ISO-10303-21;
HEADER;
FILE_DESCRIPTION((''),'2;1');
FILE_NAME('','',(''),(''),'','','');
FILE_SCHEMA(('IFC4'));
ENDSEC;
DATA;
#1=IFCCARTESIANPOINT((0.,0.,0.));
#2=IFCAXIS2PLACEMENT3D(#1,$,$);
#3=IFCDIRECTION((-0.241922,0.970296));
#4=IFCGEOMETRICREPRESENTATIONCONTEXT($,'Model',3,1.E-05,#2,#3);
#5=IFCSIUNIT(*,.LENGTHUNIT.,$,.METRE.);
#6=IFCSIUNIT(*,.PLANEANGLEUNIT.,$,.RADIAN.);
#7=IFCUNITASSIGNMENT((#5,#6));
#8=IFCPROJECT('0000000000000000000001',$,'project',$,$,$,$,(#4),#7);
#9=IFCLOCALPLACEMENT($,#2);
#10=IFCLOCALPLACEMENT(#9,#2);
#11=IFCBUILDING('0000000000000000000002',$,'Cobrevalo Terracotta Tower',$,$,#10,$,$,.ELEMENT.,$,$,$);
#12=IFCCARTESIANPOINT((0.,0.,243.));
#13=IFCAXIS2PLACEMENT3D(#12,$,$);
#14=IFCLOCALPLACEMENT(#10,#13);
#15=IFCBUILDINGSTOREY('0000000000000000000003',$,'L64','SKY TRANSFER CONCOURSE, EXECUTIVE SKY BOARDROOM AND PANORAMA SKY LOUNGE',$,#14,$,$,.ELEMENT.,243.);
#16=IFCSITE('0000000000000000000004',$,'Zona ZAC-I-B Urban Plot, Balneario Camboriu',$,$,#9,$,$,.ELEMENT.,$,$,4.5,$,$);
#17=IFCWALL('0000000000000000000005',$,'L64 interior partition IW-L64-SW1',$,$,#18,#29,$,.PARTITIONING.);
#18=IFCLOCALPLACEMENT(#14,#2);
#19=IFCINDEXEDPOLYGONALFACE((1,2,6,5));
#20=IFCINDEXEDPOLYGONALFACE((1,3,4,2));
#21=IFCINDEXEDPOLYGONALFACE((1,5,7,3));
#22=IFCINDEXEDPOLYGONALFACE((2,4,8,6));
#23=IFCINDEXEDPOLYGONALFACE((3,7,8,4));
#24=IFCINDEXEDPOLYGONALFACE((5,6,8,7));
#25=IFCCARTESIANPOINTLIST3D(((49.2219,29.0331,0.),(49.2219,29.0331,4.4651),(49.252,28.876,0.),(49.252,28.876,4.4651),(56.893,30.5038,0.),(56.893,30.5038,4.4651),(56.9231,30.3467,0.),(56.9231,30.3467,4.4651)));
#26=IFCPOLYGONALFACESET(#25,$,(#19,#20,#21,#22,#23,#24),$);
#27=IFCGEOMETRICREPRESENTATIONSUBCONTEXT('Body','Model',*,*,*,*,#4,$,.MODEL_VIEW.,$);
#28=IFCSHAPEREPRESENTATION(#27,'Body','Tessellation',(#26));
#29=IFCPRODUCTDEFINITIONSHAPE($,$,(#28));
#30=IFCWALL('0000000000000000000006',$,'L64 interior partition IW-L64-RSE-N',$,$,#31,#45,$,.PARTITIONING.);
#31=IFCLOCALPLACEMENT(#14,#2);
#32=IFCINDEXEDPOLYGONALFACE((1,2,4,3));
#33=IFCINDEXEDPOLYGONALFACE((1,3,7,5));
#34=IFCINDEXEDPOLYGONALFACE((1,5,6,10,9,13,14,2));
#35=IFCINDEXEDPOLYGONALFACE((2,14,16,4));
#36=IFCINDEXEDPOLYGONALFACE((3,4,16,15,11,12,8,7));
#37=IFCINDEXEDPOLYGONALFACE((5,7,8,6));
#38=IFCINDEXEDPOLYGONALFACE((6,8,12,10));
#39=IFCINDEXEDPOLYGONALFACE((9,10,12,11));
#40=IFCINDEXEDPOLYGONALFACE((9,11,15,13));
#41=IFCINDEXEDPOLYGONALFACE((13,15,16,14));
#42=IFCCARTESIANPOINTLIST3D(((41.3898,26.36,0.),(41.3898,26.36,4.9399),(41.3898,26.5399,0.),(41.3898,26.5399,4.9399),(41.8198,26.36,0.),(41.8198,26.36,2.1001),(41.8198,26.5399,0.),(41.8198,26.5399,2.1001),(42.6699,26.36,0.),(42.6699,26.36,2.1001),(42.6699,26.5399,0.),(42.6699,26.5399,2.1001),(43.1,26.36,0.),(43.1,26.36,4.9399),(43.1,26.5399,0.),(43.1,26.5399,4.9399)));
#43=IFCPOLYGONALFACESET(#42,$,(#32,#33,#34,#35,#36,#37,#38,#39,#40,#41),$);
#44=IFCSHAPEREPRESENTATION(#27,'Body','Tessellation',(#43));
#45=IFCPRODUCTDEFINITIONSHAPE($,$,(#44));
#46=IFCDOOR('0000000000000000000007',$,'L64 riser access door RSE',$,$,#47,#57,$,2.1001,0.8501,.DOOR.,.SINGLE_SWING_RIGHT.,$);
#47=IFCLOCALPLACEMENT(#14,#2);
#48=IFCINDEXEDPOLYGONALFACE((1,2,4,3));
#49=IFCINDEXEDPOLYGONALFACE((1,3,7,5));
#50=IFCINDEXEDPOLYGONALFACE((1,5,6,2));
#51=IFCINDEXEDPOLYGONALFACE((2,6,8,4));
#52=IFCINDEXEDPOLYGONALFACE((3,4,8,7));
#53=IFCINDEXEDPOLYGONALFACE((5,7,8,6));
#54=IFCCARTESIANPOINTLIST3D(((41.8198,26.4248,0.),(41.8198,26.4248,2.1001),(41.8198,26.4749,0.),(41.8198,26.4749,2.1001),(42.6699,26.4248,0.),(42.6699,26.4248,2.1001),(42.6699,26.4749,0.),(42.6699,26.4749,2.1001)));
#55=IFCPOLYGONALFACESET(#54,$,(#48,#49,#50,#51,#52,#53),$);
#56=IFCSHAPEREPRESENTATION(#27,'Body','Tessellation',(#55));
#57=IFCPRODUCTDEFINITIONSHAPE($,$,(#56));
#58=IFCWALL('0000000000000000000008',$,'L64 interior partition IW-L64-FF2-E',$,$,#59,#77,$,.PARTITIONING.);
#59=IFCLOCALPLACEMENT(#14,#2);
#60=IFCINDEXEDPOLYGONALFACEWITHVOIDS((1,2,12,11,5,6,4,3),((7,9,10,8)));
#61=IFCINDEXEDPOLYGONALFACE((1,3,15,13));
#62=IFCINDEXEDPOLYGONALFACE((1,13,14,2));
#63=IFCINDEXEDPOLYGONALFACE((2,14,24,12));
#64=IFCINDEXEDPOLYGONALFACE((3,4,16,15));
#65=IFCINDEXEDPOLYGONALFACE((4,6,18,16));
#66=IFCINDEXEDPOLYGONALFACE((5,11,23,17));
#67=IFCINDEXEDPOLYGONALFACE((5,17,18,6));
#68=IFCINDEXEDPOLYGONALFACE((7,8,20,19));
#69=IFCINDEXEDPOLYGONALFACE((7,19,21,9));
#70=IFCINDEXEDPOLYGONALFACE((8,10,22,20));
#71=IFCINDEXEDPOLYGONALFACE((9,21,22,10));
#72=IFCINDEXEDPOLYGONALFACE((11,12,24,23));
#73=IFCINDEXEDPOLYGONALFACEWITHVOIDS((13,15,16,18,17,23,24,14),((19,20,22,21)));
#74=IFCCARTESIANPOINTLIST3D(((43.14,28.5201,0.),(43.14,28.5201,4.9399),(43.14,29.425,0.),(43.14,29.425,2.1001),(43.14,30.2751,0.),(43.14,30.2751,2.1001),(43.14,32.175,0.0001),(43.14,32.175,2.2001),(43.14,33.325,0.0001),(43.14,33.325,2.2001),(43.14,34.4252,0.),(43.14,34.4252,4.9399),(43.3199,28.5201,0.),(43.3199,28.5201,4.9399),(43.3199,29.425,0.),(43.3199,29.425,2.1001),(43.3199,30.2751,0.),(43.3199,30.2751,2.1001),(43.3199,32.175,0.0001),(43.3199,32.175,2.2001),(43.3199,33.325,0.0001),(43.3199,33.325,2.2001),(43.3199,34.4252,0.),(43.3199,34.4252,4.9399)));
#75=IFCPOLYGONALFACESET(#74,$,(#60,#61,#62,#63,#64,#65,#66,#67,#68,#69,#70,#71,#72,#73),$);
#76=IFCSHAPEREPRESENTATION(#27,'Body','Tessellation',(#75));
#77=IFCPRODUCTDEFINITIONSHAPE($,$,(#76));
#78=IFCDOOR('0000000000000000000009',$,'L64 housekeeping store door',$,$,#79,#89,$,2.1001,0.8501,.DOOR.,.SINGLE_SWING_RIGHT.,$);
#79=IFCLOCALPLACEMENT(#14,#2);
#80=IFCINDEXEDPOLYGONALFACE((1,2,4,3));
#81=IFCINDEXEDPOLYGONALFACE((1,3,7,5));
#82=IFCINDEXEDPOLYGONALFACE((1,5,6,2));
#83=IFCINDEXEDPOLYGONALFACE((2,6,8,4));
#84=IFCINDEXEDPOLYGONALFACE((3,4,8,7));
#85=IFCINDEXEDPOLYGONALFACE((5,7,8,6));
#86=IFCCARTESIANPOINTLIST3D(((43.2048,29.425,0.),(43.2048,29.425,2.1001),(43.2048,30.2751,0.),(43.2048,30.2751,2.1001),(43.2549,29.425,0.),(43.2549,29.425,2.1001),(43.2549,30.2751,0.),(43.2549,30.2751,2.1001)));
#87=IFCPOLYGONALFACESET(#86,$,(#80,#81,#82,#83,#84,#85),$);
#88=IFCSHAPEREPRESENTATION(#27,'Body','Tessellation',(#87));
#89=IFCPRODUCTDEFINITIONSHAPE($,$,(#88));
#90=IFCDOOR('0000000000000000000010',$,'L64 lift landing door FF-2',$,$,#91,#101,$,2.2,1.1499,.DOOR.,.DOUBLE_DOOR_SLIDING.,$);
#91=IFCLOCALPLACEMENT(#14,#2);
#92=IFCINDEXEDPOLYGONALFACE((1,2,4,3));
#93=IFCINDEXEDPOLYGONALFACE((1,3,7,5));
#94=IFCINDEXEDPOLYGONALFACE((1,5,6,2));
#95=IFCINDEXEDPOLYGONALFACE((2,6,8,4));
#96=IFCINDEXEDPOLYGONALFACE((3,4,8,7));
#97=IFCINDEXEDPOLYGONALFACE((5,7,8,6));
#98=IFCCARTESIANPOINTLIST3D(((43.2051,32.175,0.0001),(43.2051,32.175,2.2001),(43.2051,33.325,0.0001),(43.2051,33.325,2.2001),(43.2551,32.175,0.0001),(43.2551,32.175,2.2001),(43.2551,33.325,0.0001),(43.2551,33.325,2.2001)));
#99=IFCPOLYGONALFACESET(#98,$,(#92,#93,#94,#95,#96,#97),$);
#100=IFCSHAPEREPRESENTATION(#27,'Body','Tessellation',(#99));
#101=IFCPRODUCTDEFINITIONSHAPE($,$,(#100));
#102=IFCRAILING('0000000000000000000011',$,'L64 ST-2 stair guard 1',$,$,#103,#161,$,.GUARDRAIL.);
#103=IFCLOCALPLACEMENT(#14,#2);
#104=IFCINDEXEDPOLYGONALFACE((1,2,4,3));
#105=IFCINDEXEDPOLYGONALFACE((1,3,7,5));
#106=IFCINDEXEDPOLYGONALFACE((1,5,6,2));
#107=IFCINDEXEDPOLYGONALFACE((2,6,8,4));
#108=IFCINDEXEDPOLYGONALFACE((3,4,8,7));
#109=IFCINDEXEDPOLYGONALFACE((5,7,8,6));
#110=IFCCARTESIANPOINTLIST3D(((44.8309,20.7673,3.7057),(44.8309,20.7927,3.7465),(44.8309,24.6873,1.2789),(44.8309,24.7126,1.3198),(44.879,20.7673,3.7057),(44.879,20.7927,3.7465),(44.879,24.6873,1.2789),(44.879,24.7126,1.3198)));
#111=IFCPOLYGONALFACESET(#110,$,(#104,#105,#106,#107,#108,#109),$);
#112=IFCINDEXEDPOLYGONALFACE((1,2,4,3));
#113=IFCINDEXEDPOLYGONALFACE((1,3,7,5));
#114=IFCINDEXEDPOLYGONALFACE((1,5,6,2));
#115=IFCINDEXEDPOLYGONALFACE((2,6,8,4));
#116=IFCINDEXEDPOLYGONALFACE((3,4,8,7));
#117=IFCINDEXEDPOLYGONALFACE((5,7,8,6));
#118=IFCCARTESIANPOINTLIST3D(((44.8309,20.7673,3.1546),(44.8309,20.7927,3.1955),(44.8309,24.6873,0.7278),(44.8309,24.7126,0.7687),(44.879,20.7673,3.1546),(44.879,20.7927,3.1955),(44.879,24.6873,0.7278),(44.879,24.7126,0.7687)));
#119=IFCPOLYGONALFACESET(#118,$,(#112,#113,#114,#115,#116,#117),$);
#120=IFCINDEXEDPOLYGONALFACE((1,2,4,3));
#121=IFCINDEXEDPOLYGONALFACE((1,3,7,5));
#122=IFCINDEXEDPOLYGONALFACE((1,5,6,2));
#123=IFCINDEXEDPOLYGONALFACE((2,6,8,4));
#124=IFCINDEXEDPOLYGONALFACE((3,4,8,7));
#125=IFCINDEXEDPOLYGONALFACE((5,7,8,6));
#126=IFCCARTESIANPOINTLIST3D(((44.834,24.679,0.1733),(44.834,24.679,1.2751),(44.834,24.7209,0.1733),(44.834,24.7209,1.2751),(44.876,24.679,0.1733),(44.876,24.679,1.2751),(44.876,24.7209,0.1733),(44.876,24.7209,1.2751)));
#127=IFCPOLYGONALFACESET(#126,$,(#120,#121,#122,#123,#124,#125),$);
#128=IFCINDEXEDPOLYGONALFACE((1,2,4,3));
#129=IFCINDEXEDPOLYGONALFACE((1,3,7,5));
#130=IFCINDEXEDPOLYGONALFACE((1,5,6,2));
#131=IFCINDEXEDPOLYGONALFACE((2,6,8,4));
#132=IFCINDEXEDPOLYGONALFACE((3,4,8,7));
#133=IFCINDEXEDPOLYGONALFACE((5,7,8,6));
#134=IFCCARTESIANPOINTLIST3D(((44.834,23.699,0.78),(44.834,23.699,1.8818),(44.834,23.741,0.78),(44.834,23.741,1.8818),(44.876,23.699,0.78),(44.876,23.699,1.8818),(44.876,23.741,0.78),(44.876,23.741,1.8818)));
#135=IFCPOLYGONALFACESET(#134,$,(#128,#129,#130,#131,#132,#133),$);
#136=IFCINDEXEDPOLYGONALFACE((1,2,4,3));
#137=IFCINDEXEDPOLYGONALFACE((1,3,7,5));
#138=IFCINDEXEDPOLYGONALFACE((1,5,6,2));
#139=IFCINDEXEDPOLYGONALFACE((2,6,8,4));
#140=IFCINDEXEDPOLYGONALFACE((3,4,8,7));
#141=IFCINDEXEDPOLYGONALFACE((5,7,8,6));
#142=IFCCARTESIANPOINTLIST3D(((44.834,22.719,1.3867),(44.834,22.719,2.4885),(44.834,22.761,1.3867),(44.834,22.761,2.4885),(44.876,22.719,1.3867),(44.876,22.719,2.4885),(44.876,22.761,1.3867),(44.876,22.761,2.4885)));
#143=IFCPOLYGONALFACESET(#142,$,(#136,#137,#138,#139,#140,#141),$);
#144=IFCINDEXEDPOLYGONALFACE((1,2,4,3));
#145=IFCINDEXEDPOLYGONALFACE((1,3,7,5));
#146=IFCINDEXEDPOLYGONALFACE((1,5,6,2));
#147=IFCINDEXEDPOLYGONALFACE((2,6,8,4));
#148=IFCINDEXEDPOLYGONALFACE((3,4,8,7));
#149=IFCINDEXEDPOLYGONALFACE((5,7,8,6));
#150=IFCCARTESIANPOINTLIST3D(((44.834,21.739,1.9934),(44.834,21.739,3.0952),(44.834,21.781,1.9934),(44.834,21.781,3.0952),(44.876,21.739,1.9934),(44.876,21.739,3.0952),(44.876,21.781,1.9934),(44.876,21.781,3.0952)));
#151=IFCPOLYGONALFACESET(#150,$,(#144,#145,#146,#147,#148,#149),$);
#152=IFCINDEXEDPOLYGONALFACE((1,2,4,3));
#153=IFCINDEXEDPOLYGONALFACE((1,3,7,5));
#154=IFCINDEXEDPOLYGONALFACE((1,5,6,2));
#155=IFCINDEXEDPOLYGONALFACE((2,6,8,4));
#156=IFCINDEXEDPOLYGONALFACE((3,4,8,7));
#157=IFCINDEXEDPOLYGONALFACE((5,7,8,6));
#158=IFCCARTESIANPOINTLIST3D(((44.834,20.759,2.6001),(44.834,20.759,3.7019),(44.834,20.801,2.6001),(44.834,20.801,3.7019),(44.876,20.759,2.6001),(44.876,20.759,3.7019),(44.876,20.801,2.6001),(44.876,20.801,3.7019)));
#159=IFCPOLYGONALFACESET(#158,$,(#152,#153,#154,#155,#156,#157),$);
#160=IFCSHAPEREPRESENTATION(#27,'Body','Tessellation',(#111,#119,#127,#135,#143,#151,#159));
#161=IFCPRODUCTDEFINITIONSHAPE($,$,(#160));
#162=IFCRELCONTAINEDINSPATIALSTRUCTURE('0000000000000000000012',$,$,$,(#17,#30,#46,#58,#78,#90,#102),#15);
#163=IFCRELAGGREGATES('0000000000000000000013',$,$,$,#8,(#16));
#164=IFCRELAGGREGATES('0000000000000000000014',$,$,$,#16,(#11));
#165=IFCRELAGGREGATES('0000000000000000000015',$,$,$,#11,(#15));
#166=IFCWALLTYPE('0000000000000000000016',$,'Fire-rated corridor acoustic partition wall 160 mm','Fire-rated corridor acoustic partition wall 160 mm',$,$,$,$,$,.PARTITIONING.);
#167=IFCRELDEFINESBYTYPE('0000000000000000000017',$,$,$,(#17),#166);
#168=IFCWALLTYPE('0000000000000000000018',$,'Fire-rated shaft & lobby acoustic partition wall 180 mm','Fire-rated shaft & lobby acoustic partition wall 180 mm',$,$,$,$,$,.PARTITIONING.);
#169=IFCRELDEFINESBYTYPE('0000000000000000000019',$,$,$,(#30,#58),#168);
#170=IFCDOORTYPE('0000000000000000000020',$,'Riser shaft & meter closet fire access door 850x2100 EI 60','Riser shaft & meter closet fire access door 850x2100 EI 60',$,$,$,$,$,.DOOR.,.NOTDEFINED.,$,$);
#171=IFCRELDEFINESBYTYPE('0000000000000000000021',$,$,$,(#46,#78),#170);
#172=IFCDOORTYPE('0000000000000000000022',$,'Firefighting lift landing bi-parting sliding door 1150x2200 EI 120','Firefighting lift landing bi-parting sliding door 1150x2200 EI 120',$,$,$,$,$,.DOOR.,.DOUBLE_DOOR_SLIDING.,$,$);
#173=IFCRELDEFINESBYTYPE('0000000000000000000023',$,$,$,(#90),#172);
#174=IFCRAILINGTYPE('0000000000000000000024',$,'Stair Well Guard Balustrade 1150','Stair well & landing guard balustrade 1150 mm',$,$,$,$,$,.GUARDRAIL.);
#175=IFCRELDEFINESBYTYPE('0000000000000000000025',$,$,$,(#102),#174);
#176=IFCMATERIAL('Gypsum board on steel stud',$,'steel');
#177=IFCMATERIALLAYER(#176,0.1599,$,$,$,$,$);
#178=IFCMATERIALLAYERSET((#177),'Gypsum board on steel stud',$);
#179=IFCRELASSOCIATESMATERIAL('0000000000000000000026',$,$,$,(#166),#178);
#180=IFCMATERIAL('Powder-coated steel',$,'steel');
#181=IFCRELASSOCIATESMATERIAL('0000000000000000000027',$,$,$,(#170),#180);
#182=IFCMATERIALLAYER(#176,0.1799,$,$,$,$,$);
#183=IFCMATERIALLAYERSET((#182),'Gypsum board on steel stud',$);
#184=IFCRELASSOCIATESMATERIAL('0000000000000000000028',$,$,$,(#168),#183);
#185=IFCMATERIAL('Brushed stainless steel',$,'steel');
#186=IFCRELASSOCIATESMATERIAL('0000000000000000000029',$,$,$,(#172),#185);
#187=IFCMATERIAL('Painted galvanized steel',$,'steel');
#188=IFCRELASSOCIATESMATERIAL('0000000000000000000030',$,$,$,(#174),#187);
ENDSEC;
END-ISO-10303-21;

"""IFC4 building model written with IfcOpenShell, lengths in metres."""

from ifc_helpers import new_model, si_unit, direction, frame, frame_2d, origin, origin_2d, place, context, subcontext, project, spatial, rectangle, extrude, source, transform, mapped, material, layer, layer_set, type_object, element, fill, save


model = new_model("IFC4")

# Units and contexts
model_context = context("Model", 3, precision=1e-05, world=origin(), true_north=direction((-0.241922, 0.970296)))
body_context = subcontext(model_context, "Body", "Model", "MODEL_VIEW")
ifc_project = project(units=[si_unit("LENGTHUNIT", "METRE"), si_unit("PLANEANGLEUNIT", "RADIAN")], contexts=[model_context])

# Site, building, storey
site_placement = place(None, origin())
site = spatial("IfcSite", under=ifc_project, at=site_placement, Name="Zona ZAC-I-B Urban Plot, Balneario Camboriu", CompositionType="ELEMENT", RefElevation=4.5)
building_placement = place(site_placement, origin())
building = spatial("IfcBuilding", under=site, at=building_placement, Name="Cobrevalo Terracotta Tower", CompositionType="ELEMENT")
storey_placement = place(building_placement, frame((0.0, 0.0, 243.0)))
storey = spatial("IfcBuildingStorey", under=building, at=storey_placement, Name="L64", Description="SKY TRANSFER CONCOURSE, EXECUTIVE SKY BOARDROOM AND PANORAMA SKY LOUNGE", CompositionType="ELEMENT", Elevation=243.0)

# Shared definitions
ifc_material_1 = material(Name="Gypsum board on steel stud", Category="steel")
ifc_layer_1 = layer(ifc_material_1, 0.1599)
ifc_layer_set_1 = layer_set([ifc_layer_1], Name="Gypsum board on steel stud")
wall_type_1 = type_object("IfcWallType", Name="Fire-rated corridor acoustic partition wall 160 mm", Description="Fire-rated corridor acoustic partition wall 160 mm", PredefinedType="PARTITIONING", material=ifc_layer_set_1)

# Shared definitions
ifc_material_2 = material(Name="Powder-coated steel", Category="steel")
door_type_1 = type_object("IfcDoorType", Name="Riser shaft & meter closet fire access door 850x2100 EI 60", Description="Riser shaft & meter closet fire access door 850x2100 EI 60", OperationType="NOTDEFINED", PredefinedType="DOOR", material=ifc_material_2)
shared_shape_1 = source(origin(), body_context, "Body", "SweptSolid", [
    extrude(rectangle(XDim=0.8501, YDim=2.1001, at=frame_2d((0.425, 1.05))), frame((0.0, 0.0249, 0.0), z_axis=(0.0, -1.0, 0.0), x_axis=(1.0, 0.0, 0.0)), (0.0, 0.0, 1.0), 0.05),
])

# Shared definitions
ifc_material_3 = material(Name="Brushed stainless steel", Category="steel")

# Wall
wall_1_placement = place(storey_placement, frame((49.2371, 28.9546, 0.0), z_axis=(0.0, 0.0, 1.0), x_axis=(0.982114, 0.18829, 0.0)))
element("IfcWall", 1, at=wall_1_placement, inside=storey, type_object=wall_type_1, Name="L64 interior partition IW-L64-SW1", PredefinedType="PARTITIONING", context=body_context, shape_type="SweptSolid", body=[
    extrude(rectangle(XDim=7.8108, YDim=0.1599, at=frame_2d((3.9053, 0.0))), origin(), (0.0, 0.0, 1.0), 4.4651),
])

# Wall, opening, door
ifc_layer_2 = layer(ifc_material_1, 0.1799)
ifc_layer_set_2 = layer_set([ifc_layer_2], Name="Gypsum board on steel stud")
wall_type_2 = type_object("IfcWallType", Name="Fire-rated shaft & lobby acoustic partition wall 180 mm", Description="Fire-rated shaft & lobby acoustic partition wall 180 mm", PredefinedType="PARTITIONING", material=ifc_layer_set_2)
wall_2_placement = place(storey_placement, frame((41.3899, 26.45, 0.0), z_axis=(0.0, 0.0, 1.0), x_axis=(1.0, 0.0, 0.0)))
wall_2 = element("IfcWall", 2, at=wall_2_placement, inside=storey, type_object=wall_type_2, Name="L64 interior partition IW-L64-RSE-N", PredefinedType="PARTITIONING", context=body_context, shape_type="SweptSolid", body=[
    extrude(rectangle(XDim=1.7102, YDim=0.1799, at=frame_2d((0.855, 0.0))), origin(), (0.0, 0.0, 1.0), 4.9399),
])
opening_1_placement = place(wall_2_placement, frame((0.4299, 0.0, 0.0)))
opening_1 = element("IfcOpeningElement", 3, at=opening_1_placement, cuts=wall_2, PredefinedType="OPENING", context=body_context, shape_type="SweptSolid", body=[
    extrude(rectangle(XDim=0.8501, YDim=2.1001, at=frame_2d((0.425, 1.05))), frame((0.0, 0.1001, 0.0), z_axis=(0.0, -1.0, 0.0), x_axis=(1.0, 0.0, 0.0)), (0.0, 0.0, 1.0), 0.2),
])
door_1_placement = place(opening_1_placement, origin())
door_1 = element("IfcDoor", 4, at=door_1_placement, inside=storey, type_object=door_type_1, Name="L64 riser access door RSE", OperationType="SINGLE_SWING_RIGHT", OverallHeight=2.1001, OverallWidth=0.8501, PredefinedType="DOOR", context=body_context, shape_type="MappedRepresentation", body=[
    mapped(shared_shape_1, transform((0.0, 0.0, 0.0), scale=1.0)),
])
fill(opening_1, door_1)

# Wall, openings, doors
wall_3_placement = place(storey_placement, frame((43.23, 28.52, 0.0), z_axis=(0.0, 0.0, 1.0), x_axis=(0.0, 1.0, 0.0)))
wall_3 = element("IfcWall", 5, at=wall_3_placement, inside=storey, type_object=wall_type_2, Name="L64 interior partition IW-L64-FF2-E", PredefinedType="PARTITIONING", context=body_context, shape_type="SweptSolid", body=[
    extrude(rectangle(XDim=5.905, YDim=0.1799, at=frame_2d((2.9526, 0.0))), origin(), (0.0, 0.0, 1.0), 4.9399),
])
opening_2_placement = place(wall_3_placement, frame((0.905, 0.0, 0.0)))
opening_2 = element("IfcOpeningElement", 6, at=opening_2_placement, cuts=wall_3, PredefinedType="OPENING", context=body_context, shape_type="SweptSolid", body=[
    extrude(rectangle(XDim=0.8501, YDim=2.1001, at=frame_2d((0.425, 1.05))), frame((0.0, 0.1001, 0.0), z_axis=(0.0, -1.0, 0.0), x_axis=(1.0, 0.0, 0.0)), (0.0, 0.0, 1.0), 0.2),
])
opening_3_placement = place(wall_3_placement, frame((3.655, 0.0, 0.0)))
opening_3 = element("IfcOpeningElement", 7, at=opening_3_placement, cuts=wall_3, PredefinedType="OPENING", context=body_context, shape_type="SweptSolid", body=[
    extrude(rectangle(XDim=1.1499, YDim=2.2, at=frame_2d((0.575, 1.1001))), frame((0.0, 0.1001, 0.0), z_axis=(0.0, -1.0, 0.0), x_axis=(1.0, 0.0, 0.0)), (0.0, 0.0, 1.0), 0.2),
])
door_2_placement = place(opening_2_placement, frame((0.8501, 0.0, 0.0), z_axis=(0.0, 0.0, 1.0), x_axis=(-1.0, 0.0, 0.0)))
door_2 = element("IfcDoor", 8, at=door_2_placement, inside=storey, type_object=door_type_1, Name="L64 housekeeping store door", OperationType="SINGLE_SWING_RIGHT", OverallHeight=2.1001, OverallWidth=0.8501, PredefinedType="DOOR", context=body_context, shape_type="MappedRepresentation", body=[
    mapped(shared_shape_1, transform((0.0, 0.0, 0.0), scale=1.0)),
])
fill(opening_2, door_2)
door_type_2 = type_object("IfcDoorType", Name="Firefighting lift landing bi-parting sliding door 1150x2200 EI 120", Description="Firefighting lift landing bi-parting sliding door 1150x2200 EI 120", OperationType="DOUBLE_DOOR_SLIDING", PredefinedType="DOOR", material=ifc_material_3)
shared_shape_2 = source(origin(), body_context, "Body", "SweptSolid", [
    extrude(rectangle(XDim=1.1499, YDim=2.2, at=frame_2d((0.575, 1.1001))), frame((0.0, 0.0249, 0.0), z_axis=(0.0, -1.0, 0.0), x_axis=(1.0, 0.0, 0.0)), (0.0, 0.0, 1.0), 0.05),
])
door_3_placement = place(opening_3_placement, origin())
door_3 = element("IfcDoor", 9, at=door_3_placement, inside=storey, type_object=door_type_2, Name="L64 lift landing door FF-2", OperationType="DOUBLE_DOOR_SLIDING", OverallHeight=2.2, OverallWidth=1.1499, PredefinedType="DOOR", context=body_context, shape_type="MappedRepresentation", body=[
    mapped(shared_shape_2, transform((0.0, 0.0, 0.0), scale=1.0)),
])
fill(opening_3, door_3)

# Railing
ifc_material_4 = material(Name="Painted galvanized steel", Category="steel")
railing_type = type_object("IfcRailingType", Name="Stair Well Guard Balustrade 1150", Description="Stair well & landing guard balustrade 1150 mm", PredefinedType="GUARDRAIL", material=ifc_material_4)
railing_1_placement = place(storey_placement, frame((44.855, 24.7, 0.1733)))
element("IfcRailing", 10, at=railing_1_placement, inside=storey, type_object=railing_type, Name="L64 ST-2 stair guard 1", PredefinedType="GUARDRAIL", context=body_context, shape_type="SweptSolid", body=[
    extrude(rectangle(XDim=0.0481, YDim=0.0481, at=origin_2d()), frame((0.0, 0.0, 1.126), z_axis=(0.0, -0.850252, 0.526376), x_axis=(1.0, 0.0, 0.0)), (0.0, 0.0, 1.0), 4.6104),
    extrude(rectangle(XDim=0.0481, YDim=0.0481, at=origin_2d()), frame((0.0, 0.0, 0.575), z_axis=(0.0, -0.850252, 0.526376), x_axis=(1.0, 0.0, 0.0)), (0.0, 0.0, 1.0), 4.6104),
    extrude(rectangle(XDim=0.042, YDim=0.042, at=origin_2d()), origin(), (0.0, 0.0, 1.0), 1.1018),
    extrude(rectangle(XDim=0.042, YDim=0.042, at=origin_2d()), frame((0.0, -0.98, 0.6067)), (0.0, 0.0, 1.0), 1.1018),
    extrude(rectangle(XDim=0.042, YDim=0.042, at=origin_2d()), frame((0.0, -1.96, 1.2134)), (0.0, 0.0, 1.0), 1.1018),
    extrude(rectangle(XDim=0.042, YDim=0.042, at=origin_2d()), frame((0.0, -2.9399, 1.8201)), (0.0, 0.0, 1.0), 1.1018),
    extrude(rectangle(XDim=0.042, YDim=0.042, at=origin_2d()), frame((0.0, -3.9199, 2.4268)), (0.0, 0.0, 1.0), 1.1018),
])

save(model, "model.ifc")
